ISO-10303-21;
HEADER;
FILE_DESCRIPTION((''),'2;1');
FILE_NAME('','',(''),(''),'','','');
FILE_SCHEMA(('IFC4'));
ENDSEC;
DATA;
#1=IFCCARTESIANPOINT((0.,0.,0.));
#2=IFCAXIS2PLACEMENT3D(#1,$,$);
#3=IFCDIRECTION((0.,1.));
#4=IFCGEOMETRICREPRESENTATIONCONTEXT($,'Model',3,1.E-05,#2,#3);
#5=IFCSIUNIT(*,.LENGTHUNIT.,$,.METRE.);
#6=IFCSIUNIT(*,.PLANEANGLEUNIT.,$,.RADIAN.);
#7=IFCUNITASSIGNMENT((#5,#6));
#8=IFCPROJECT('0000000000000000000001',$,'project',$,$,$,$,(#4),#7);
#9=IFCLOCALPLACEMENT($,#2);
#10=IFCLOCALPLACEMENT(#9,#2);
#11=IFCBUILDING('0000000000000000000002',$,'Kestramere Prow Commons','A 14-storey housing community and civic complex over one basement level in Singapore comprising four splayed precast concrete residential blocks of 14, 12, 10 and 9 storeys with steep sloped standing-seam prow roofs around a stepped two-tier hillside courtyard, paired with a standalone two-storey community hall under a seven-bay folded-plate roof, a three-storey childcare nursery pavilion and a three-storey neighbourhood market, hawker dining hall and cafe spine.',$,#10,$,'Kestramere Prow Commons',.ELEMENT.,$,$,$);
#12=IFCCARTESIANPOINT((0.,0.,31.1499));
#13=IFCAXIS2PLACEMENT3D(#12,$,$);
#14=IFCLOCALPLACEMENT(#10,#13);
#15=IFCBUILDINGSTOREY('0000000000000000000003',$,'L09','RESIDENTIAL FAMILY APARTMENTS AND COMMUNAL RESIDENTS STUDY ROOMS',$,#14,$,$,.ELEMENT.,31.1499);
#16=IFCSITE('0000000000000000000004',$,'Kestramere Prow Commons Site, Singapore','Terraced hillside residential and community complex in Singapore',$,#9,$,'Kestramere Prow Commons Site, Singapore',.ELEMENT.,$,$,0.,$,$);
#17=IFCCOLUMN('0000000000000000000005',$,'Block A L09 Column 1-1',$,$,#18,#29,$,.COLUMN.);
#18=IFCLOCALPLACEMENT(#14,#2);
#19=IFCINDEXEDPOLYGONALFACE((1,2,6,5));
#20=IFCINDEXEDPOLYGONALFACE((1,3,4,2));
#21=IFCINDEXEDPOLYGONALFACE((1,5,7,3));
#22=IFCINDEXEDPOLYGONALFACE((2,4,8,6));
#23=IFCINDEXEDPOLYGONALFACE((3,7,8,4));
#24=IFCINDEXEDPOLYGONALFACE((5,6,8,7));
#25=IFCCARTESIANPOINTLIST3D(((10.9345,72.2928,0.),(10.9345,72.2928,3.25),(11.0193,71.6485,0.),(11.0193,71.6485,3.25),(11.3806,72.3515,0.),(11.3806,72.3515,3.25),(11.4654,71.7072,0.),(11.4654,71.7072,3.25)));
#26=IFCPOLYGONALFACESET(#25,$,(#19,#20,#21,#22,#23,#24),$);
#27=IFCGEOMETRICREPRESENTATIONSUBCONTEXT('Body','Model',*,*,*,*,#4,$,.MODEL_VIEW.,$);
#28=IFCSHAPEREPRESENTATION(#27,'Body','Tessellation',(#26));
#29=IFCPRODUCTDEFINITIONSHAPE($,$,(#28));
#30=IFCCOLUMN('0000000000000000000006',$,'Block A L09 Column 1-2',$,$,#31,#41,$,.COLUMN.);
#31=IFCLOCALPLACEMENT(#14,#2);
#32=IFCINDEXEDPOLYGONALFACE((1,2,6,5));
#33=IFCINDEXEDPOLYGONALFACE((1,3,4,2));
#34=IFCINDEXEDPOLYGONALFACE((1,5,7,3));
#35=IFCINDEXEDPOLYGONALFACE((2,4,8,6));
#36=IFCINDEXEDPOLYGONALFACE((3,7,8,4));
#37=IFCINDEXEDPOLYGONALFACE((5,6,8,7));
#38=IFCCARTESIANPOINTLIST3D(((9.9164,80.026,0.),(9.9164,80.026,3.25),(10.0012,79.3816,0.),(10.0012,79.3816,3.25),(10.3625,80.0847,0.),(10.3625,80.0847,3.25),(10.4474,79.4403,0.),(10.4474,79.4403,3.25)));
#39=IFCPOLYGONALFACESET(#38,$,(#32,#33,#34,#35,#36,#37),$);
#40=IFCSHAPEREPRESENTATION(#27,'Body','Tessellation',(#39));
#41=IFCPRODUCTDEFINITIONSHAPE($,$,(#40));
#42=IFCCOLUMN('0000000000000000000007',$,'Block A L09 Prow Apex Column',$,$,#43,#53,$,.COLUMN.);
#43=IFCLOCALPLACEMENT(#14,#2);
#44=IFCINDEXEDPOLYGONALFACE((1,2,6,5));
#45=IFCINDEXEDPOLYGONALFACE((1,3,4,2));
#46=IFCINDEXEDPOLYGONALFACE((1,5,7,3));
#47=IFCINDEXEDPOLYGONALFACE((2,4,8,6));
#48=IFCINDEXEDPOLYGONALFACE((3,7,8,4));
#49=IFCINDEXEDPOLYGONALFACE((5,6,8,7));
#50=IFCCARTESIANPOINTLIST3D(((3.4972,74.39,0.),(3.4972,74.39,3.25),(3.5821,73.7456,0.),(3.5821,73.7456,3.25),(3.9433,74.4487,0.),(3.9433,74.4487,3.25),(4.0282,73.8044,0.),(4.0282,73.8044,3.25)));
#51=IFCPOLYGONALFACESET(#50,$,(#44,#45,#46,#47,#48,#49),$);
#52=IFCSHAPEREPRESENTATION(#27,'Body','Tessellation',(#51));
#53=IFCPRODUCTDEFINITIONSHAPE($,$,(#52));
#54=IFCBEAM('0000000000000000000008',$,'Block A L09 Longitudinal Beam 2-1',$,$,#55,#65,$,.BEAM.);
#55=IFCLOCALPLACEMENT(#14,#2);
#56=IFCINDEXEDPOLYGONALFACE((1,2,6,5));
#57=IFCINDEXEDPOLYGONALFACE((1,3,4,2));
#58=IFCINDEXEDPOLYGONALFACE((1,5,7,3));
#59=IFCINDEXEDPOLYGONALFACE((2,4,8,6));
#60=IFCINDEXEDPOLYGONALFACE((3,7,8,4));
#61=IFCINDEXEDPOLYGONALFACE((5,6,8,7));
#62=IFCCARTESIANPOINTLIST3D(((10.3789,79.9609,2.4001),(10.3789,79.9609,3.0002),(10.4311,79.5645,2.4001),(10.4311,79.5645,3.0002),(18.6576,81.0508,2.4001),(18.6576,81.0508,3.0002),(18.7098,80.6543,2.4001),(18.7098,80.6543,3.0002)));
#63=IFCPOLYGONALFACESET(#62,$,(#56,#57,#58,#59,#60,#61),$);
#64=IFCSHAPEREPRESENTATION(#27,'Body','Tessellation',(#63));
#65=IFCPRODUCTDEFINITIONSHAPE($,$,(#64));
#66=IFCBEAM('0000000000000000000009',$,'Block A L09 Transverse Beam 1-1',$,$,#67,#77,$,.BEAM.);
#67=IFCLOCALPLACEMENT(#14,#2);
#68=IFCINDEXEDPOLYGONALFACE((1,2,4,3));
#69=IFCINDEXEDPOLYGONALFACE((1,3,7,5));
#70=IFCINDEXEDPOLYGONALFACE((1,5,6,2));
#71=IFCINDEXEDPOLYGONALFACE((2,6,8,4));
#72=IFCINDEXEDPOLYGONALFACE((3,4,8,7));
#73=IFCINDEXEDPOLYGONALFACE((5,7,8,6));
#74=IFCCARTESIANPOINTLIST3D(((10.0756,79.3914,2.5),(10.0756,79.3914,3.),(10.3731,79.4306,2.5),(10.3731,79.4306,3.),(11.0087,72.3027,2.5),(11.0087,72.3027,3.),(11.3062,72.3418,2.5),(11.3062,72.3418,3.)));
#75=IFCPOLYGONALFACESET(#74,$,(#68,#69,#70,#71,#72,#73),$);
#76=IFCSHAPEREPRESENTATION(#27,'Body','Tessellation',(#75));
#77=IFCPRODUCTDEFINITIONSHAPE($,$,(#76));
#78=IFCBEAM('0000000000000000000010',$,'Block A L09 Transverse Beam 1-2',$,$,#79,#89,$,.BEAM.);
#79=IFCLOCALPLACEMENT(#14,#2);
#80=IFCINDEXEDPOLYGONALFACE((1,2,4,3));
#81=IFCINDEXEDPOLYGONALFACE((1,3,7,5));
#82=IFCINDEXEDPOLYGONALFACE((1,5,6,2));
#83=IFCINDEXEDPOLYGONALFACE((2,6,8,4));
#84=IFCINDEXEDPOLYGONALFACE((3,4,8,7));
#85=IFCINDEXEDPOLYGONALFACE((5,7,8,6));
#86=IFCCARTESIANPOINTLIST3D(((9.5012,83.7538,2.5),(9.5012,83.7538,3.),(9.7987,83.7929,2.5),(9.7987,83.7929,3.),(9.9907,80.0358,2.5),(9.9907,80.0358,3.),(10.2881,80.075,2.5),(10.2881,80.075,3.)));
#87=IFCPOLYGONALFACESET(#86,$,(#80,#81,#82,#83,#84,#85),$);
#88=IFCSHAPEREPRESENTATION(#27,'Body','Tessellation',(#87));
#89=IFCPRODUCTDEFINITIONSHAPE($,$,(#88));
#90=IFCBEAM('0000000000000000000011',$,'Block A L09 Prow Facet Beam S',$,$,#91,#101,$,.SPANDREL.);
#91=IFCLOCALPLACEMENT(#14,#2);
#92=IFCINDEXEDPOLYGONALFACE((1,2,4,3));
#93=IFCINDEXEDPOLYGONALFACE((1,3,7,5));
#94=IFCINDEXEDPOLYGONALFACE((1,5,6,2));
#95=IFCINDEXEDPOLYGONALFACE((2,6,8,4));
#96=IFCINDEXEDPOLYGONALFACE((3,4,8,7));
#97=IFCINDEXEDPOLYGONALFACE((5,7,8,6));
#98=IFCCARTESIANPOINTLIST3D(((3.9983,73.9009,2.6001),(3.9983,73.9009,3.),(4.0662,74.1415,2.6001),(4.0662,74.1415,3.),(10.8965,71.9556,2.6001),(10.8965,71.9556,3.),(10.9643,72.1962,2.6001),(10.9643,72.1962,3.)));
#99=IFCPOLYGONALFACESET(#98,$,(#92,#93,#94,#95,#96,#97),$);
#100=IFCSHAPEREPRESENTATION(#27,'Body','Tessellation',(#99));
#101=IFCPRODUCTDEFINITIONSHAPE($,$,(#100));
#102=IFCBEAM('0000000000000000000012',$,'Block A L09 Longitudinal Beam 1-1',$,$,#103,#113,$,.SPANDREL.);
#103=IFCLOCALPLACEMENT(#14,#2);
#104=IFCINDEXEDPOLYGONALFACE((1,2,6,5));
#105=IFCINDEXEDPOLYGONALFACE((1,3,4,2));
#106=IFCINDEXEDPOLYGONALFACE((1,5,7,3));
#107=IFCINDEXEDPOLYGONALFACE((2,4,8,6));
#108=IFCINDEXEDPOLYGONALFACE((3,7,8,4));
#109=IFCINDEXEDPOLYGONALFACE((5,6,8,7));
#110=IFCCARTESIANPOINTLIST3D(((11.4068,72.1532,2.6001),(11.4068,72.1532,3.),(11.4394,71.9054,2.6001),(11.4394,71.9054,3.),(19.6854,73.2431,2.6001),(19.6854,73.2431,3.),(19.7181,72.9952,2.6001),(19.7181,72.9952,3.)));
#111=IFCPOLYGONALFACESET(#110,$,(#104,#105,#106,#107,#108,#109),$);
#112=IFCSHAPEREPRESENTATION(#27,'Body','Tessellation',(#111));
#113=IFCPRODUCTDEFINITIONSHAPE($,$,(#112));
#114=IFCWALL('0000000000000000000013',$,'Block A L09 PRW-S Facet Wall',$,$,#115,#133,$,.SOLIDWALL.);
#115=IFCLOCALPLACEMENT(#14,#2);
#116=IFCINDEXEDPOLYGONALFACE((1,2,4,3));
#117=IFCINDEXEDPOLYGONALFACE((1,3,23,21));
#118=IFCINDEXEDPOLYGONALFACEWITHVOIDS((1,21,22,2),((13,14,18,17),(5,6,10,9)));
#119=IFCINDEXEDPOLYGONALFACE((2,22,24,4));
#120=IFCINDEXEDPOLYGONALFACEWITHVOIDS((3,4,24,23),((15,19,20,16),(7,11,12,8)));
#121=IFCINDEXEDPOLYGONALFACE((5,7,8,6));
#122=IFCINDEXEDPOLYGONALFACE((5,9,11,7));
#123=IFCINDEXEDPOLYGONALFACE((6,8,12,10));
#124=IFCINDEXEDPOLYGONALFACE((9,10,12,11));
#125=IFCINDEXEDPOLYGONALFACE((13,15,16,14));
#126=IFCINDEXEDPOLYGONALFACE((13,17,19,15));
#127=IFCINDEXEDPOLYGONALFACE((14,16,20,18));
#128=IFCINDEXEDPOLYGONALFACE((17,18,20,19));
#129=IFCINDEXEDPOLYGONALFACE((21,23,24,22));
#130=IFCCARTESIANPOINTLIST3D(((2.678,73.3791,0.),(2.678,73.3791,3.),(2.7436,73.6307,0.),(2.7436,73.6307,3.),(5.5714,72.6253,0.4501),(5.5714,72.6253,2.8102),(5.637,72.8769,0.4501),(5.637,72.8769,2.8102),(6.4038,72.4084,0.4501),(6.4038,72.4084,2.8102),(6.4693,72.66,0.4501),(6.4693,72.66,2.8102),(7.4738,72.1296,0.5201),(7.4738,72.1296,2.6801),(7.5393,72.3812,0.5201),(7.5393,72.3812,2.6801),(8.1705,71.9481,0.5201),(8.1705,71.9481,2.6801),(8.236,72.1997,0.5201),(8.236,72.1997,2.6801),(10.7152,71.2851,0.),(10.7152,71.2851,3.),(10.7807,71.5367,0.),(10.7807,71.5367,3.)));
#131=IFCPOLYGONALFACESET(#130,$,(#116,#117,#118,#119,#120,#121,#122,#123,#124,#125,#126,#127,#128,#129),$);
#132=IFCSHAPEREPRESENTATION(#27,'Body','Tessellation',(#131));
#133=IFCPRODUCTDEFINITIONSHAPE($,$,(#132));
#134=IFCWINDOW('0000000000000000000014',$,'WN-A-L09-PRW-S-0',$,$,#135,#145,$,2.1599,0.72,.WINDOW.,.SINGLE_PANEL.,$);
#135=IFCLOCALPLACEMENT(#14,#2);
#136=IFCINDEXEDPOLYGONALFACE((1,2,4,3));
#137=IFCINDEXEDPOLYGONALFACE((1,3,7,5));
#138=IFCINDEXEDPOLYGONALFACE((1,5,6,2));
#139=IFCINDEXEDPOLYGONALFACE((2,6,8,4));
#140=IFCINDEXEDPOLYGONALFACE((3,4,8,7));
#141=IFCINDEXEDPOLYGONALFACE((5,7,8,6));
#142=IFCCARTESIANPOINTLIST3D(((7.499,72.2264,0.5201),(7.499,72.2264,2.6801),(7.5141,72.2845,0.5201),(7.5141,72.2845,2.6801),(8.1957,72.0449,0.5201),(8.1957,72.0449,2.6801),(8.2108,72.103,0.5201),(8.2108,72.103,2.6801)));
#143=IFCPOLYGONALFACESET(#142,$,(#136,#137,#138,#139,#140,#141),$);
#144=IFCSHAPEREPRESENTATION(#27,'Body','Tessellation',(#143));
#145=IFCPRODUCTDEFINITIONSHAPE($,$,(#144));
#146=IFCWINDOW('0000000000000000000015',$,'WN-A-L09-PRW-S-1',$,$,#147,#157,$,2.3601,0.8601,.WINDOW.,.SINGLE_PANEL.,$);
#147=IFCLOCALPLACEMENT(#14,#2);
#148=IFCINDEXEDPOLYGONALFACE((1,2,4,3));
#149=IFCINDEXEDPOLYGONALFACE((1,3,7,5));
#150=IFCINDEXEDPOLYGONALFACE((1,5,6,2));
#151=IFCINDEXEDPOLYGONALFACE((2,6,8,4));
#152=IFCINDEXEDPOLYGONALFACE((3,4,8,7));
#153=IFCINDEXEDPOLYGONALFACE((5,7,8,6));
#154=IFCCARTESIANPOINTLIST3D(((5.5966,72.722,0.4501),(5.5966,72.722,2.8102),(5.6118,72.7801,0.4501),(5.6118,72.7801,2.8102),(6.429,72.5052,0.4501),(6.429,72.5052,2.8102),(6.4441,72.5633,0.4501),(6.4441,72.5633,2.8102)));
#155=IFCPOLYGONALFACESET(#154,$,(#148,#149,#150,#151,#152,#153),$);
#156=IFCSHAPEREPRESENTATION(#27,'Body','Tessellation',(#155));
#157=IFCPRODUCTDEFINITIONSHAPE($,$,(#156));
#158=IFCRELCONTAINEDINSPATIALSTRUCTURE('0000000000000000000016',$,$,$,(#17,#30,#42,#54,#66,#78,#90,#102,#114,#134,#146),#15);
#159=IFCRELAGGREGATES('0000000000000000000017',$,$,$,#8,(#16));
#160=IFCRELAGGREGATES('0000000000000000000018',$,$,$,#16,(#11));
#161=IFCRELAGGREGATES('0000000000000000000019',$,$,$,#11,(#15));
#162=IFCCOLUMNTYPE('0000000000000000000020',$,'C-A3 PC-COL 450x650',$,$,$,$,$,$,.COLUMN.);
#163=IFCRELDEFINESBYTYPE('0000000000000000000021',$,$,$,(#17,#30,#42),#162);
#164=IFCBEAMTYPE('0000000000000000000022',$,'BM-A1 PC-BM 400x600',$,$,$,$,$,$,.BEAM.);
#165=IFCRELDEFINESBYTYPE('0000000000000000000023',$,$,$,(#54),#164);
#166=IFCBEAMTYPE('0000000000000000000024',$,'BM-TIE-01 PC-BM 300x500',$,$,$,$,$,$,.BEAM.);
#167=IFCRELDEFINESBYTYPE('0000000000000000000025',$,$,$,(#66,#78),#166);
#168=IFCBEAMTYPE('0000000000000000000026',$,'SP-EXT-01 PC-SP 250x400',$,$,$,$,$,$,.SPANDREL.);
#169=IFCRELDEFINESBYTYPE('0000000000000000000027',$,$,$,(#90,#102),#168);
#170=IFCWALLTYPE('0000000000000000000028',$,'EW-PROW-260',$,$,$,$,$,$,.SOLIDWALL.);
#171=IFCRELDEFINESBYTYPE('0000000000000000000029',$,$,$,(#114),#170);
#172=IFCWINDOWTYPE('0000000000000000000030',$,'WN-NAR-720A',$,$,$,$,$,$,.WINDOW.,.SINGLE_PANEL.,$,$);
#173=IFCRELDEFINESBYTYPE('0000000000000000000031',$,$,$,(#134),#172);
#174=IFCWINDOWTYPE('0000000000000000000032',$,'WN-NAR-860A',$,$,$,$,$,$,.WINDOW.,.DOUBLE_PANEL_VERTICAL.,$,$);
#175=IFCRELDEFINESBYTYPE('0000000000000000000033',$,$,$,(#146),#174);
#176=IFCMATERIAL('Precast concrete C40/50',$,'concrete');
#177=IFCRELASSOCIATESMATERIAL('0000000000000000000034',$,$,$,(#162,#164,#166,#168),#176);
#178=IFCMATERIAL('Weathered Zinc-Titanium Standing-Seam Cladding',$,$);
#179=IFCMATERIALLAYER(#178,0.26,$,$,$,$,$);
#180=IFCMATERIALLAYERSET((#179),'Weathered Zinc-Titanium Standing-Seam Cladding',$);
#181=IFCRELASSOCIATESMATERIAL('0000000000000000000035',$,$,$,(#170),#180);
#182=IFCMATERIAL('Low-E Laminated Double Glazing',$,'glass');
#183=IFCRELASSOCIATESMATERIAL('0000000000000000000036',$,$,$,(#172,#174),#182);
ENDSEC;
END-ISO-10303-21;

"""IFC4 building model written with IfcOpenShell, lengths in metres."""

from ifc_helpers import new_model, si_unit, direction, frame, frame_2d, origin, origin_2d, place, context, subcontext, project, spatial, rectangle, extrude, material, layer, layer_set, material_profile, profile_set, type_object, element, fill, save


model = new_model("IFC4")

# Units and contexts
model_context = context("Model", 3, precision=1e-05, world=origin(), true_north=direction((0.0, 1.0)))
body_context = subcontext(model_context, "Body", "Model", "MODEL_VIEW")
ifc_project = project(units=[si_unit("LENGTHUNIT", "METRE"), si_unit("PLANEANGLEUNIT", "RADIAN")], contexts=[model_context])

# Site, building, storey
site_placement = place(None, origin())
site = spatial("IfcSite", under=ifc_project, at=site_placement, Name="Kestramere Prow Commons Site, Singapore", Description="Terraced hillside residential and community complex in Singapore", LongName="Kestramere Prow Commons Site, Singapore", CompositionType="ELEMENT", RefElevation=0.0)
building_placement = place(site_placement, origin())
building = spatial("IfcBuilding", under=site, at=building_placement, Name="Kestramere Prow Commons", Description="A 14-storey housing community and civic complex over one basement level in Singapore comprising four splayed precast concrete residential blocks of 14, 12, 10 and 9 storeys with steep sloped standing-seam prow roofs around a stepped two-tier hillside courtyard, paired with a standalone two-storey community hall under a seven-bay folded-plate roof, a three-storey childcare nursery pavilion and a three-storey neighbourhood market, hawker dining hall and cafe spine.", LongName="Kestramere Prow Commons", CompositionType="ELEMENT")
storey_placement = place(building_placement, frame((0.0, 0.0, 31.1499)))
storey = spatial("IfcBuildingStorey", under=building, at=storey_placement, Name="L09", Description="RESIDENTIAL FAMILY APARTMENTS AND COMMUNAL RESIDENTS STUDY ROOMS", CompositionType="ELEMENT", Elevation=31.1499)

# Columns
ifc_material_1 = material(Name="Precast concrete C40/50", Category="concrete")
ifc_material_profile_1 = material_profile(ifc_material_1, rectangle(XDim=0.45, YDim=0.6499, at=origin_2d()), Name="PC-COL 450x650")
ifc_profile_set_1 = profile_set([ifc_material_profile_1], Name="Precast concrete C40/50")
column_type = type_object("IfcColumnType", Name="C-A3 PC-COL 450x650", PredefinedType="COLUMN", material=ifc_profile_set_1)
for number, where, z_axis, x_axis, name in (
    (1, (11.2, 72.0, 0.0), (0.0, 0.0, 1.0), (0.991445, 0.130526, 0.0), "Block A L09 Column 1-1"),
    (2, (10.1819, 79.7332, 0.0), (0.0, 0.0, 1.0), (0.991445, 0.130526, 0.0), "Block A L09 Column 1-2"),
    (3, (3.7627, 74.0972, 0.0), (0.0, 0.0, 1.0), (0.991445, 0.130526, 0.0), "Block A L09 Prow Apex Column"),
):
    element("IfcColumn", number, at=place(storey_placement, frame(where, z_axis=z_axis, x_axis=x_axis)), inside=storey, type_object=column_type, Name=name, PredefinedType="COLUMN", context=body_context, shape_type="SweptSolid", body=[
        extrude(rectangle(XDim=0.45, YDim=0.6499, at=origin_2d()), origin(), (0.0, 0.0, 1.0), 3.25),
    ])

# Beams
ifc_material_profile_2 = material_profile(ifc_material_1, rectangle(XDim=0.3999, YDim=0.6001, at=origin_2d()), Name="PC-BM 400x600")
ifc_profile_set_2 = profile_set([ifc_material_profile_2], Name="Precast concrete C40/50")
beam_type_1 = type_object("IfcBeamType", Name="BM-A1 PC-BM 400x600", PredefinedType="BEAM", material=ifc_profile_set_2)
beam_1_placement = place(storey_placement, frame((10.405, 79.7627, 2.7002), z_axis=(0.991446, 0.13052, 0.0), x_axis=(-0.13052, 0.991446, 0.0)))
element("IfcBeam", 4, at=beam_1_placement, inside=storey, type_object=beam_type_1, Name="Block A L09 Longitudinal Beam 2-1", PredefinedType="BEAM", context=body_context, shape_type="SweptSolid", body=[
    extrude(rectangle(XDim=0.3999, YDim=0.6001, at=origin_2d()), origin(), (0.0, 0.0, 1.0), 8.3501),
])
ifc_material_profile_3 = material_profile(ifc_material_1, rectangle(XDim=0.3, YDim=0.5, at=origin_2d()), Name="PC-BM 300x500")
ifc_profile_set_3 = profile_set([ifc_material_profile_3], Name="Precast concrete C40/50")
beam_type_2 = type_object("IfcBeamType", Name="BM-TIE-01 PC-BM 300x500", PredefinedType="BEAM", material=ifc_profile_set_3)
beam_2_placement = place(storey_placement, frame((11.1575, 72.3223, 2.75), z_axis=(-0.130504, 0.991448, 0.0), x_axis=(-0.991448, -0.130504, 0.0)))
element("IfcBeam", 5, at=beam_2_placement, inside=storey, type_object=beam_type_2, Name="Block A L09 Transverse Beam 1-1", PredefinedType="BEAM", context=body_context, shape_type="SweptSolid", body=[
    extrude(rectangle(XDim=0.3, YDim=0.5, at=origin_2d()), origin(), (0.0, 0.0, 1.0), 7.1499),
])
beam_3_placement = place(storey_placement, frame((10.1394, 80.0554, 2.75), z_axis=(-0.13053, 0.991444, 0.0), x_axis=(-0.991444, -0.13053, 0.0)))
element("IfcBeam", 6, at=beam_3_placement, inside=storey, type_object=beam_type_2, Name="Block A L09 Transverse Beam 1-2", PredefinedType="BEAM", context=body_context, shape_type="SweptSolid", body=[
    extrude(rectangle(XDim=0.3, YDim=0.5, at=origin_2d()), origin(), (0.0, 0.0, 1.0), 3.75),
])
ifc_material_profile_4 = material_profile(ifc_material_1, rectangle(XDim=0.25, YDim=0.3999, at=origin_2d()), Name="PC-SP 250x400")
ifc_profile_set_4 = profile_set([ifc_material_profile_4], Name="Precast concrete C40/50")
beam_type_3 = type_object("IfcBeamType", Name="SP-EXT-01 PC-SP 250x400", PredefinedType="SPANDREL", material=ifc_profile_set_4)
beam_4_placement = place(storey_placement, frame((10.9304, 72.0759, 2.8), z_axis=(-0.962462, 0.271417, 0.0), x_axis=(-0.271417, -0.962462, 0.0)))
element("IfcBeam", 7, at=beam_4_placement, inside=storey, type_object=beam_type_3, Name="Block A L09 Prow Facet Beam S", PredefinedType="SPANDREL", context=body_context, shape_type="SweptSolid", body=[
    extrude(rectangle(XDim=0.25, YDim=0.3999, at=origin_2d()), origin(), (0.0, 0.0, 1.0), 7.1672),
])
beam_5_placement = place(storey_placement, frame((11.4231, 72.0293, 2.8), z_axis=(0.991446, 0.13052, 0.0), x_axis=(-0.13052, 0.991446, 0.0)))
element("IfcBeam", 8, at=beam_5_placement, inside=storey, type_object=beam_type_3, Name="Block A L09 Longitudinal Beam 1-1", PredefinedType="SPANDREL", context=body_context, shape_type="SweptSolid", body=[
    extrude(rectangle(XDim=0.25, YDim=0.3999, at=origin_2d()), origin(), (0.0, 0.0, 1.0), 8.3501),
])

# Wall, openings, windows
ifc_material_2 = material(Name="Weathered Zinc-Titanium Standing-Seam Cladding")
ifc_layer_1 = layer(ifc_material_2, 0.26)
ifc_layer_set_1 = layer_set([ifc_layer_1], Name="Weathered Zinc-Titanium Standing-Seam Cladding")
wall_type_1 = type_object("IfcWallType", Name="EW-PROW-260", PredefinedType="SOLIDWALL", material=ifc_layer_set_1)
wall_1_placement = place(storey_placement, frame((10.748, 71.4109, 0.0), z_axis=(0.0, 0.0, 1.0), x_axis=(-0.967695, 0.252124, 0.0)))
wall_1 = element("IfcWall", 9, at=wall_1_placement, inside=storey, type_object=wall_type_1, Name="Block A L09 PRW-S Facet Wall", PredefinedType="SOLIDWALL", context=body_context, shape_type="SweptSolid", body=[
    extrude(rectangle(XDim=8.3054, YDim=0.26, at=frame_2d((4.1528, 0.0))), origin(), (0.0, 0.0, 1.0), 3.0),
])
opening_1_placement = place(wall_1_placement, frame((2.6299, 0.0, 0.52)))
opening_1 = element("IfcOpeningElement", 10, at=opening_1_placement, cuts=wall_1, PredefinedType="OPENING", context=body_context, shape_type="SweptSolid", body=[
    extrude(rectangle(XDim=0.72, YDim=2.1599, at=frame_2d((0.3599, 1.0801))), frame((0.0, 0.145, 0.0), z_axis=(0.0, -1.0, 0.0), x_axis=(1.0, 0.0, 0.0)), (0.0, 0.0, 1.0), 0.29),
])
opening_2_placement = place(wall_1_placement, frame((4.4553, 0.0, 0.45)))
opening_2 = element("IfcOpeningElement", 11, at=opening_2_placement, cuts=wall_1, PredefinedType="OPENING", context=body_context, shape_type="SweptSolid", body=[
    extrude(rectangle(XDim=0.8601, YDim=2.3601, at=frame_2d((0.4302, 1.1802))), frame((0.0, 0.145, 0.0), z_axis=(0.0, -1.0, 0.0), x_axis=(1.0, 0.0, 0.0)), (0.0, 0.0, 1.0), 0.29),
])
ifc_material_3 = material(Name="Low-E Laminated Double Glazing", Category="glass")
window_type_1 = type_object("IfcWindowType", Name="WN-NAR-720A", PartitioningType="SINGLE_PANEL", PredefinedType="WINDOW", material=ifc_material_3)
window_1_placement = place(opening_1_placement, origin())
window_1 = element("IfcWindow", 12, at=window_1_placement, inside=storey, type_object=window_type_1, Name="WN-A-L09-PRW-S-0", OverallHeight=2.1599, OverallWidth=0.72, PartitioningType="SINGLE_PANEL", PredefinedType="WINDOW", context=body_context, shape_type="SweptSolid", body=[
    extrude(rectangle(XDim=0.72, YDim=2.1599, at=frame_2d((0.3599, 1.0801))), frame((0.0, 0.03, 0.0), z_axis=(0.0, -1.0, 0.0), x_axis=(1.0, 0.0, 0.0)), (0.0, 0.0, 1.0), 0.0601),
])
fill(opening_1, window_1)
window_type_2 = type_object("IfcWindowType", Name="WN-NAR-860A", PartitioningType="DOUBLE_PANEL_VERTICAL", PredefinedType="WINDOW", material=ifc_material_3)
window_2_placement = place(opening_2_placement, origin())
window_2 = element("IfcWindow", 13, at=window_2_placement, inside=storey, type_object=window_type_2, Name="WN-A-L09-PRW-S-1", OverallHeight=2.3601, OverallWidth=0.8601, PartitioningType="SINGLE_PANEL", PredefinedType="WINDOW", context=body_context, shape_type="SweptSolid", body=[
    extrude(rectangle(XDim=0.8601, YDim=2.3601, at=frame_2d((0.4302, 1.1802))), frame((0.0, 0.03, 0.0), z_axis=(0.0, -1.0, 0.0), x_axis=(1.0, 0.0, 0.0)), (0.0, 0.0, 1.0), 0.0601),
])
fill(opening_2, window_2)

save(model, "model.ifc")
